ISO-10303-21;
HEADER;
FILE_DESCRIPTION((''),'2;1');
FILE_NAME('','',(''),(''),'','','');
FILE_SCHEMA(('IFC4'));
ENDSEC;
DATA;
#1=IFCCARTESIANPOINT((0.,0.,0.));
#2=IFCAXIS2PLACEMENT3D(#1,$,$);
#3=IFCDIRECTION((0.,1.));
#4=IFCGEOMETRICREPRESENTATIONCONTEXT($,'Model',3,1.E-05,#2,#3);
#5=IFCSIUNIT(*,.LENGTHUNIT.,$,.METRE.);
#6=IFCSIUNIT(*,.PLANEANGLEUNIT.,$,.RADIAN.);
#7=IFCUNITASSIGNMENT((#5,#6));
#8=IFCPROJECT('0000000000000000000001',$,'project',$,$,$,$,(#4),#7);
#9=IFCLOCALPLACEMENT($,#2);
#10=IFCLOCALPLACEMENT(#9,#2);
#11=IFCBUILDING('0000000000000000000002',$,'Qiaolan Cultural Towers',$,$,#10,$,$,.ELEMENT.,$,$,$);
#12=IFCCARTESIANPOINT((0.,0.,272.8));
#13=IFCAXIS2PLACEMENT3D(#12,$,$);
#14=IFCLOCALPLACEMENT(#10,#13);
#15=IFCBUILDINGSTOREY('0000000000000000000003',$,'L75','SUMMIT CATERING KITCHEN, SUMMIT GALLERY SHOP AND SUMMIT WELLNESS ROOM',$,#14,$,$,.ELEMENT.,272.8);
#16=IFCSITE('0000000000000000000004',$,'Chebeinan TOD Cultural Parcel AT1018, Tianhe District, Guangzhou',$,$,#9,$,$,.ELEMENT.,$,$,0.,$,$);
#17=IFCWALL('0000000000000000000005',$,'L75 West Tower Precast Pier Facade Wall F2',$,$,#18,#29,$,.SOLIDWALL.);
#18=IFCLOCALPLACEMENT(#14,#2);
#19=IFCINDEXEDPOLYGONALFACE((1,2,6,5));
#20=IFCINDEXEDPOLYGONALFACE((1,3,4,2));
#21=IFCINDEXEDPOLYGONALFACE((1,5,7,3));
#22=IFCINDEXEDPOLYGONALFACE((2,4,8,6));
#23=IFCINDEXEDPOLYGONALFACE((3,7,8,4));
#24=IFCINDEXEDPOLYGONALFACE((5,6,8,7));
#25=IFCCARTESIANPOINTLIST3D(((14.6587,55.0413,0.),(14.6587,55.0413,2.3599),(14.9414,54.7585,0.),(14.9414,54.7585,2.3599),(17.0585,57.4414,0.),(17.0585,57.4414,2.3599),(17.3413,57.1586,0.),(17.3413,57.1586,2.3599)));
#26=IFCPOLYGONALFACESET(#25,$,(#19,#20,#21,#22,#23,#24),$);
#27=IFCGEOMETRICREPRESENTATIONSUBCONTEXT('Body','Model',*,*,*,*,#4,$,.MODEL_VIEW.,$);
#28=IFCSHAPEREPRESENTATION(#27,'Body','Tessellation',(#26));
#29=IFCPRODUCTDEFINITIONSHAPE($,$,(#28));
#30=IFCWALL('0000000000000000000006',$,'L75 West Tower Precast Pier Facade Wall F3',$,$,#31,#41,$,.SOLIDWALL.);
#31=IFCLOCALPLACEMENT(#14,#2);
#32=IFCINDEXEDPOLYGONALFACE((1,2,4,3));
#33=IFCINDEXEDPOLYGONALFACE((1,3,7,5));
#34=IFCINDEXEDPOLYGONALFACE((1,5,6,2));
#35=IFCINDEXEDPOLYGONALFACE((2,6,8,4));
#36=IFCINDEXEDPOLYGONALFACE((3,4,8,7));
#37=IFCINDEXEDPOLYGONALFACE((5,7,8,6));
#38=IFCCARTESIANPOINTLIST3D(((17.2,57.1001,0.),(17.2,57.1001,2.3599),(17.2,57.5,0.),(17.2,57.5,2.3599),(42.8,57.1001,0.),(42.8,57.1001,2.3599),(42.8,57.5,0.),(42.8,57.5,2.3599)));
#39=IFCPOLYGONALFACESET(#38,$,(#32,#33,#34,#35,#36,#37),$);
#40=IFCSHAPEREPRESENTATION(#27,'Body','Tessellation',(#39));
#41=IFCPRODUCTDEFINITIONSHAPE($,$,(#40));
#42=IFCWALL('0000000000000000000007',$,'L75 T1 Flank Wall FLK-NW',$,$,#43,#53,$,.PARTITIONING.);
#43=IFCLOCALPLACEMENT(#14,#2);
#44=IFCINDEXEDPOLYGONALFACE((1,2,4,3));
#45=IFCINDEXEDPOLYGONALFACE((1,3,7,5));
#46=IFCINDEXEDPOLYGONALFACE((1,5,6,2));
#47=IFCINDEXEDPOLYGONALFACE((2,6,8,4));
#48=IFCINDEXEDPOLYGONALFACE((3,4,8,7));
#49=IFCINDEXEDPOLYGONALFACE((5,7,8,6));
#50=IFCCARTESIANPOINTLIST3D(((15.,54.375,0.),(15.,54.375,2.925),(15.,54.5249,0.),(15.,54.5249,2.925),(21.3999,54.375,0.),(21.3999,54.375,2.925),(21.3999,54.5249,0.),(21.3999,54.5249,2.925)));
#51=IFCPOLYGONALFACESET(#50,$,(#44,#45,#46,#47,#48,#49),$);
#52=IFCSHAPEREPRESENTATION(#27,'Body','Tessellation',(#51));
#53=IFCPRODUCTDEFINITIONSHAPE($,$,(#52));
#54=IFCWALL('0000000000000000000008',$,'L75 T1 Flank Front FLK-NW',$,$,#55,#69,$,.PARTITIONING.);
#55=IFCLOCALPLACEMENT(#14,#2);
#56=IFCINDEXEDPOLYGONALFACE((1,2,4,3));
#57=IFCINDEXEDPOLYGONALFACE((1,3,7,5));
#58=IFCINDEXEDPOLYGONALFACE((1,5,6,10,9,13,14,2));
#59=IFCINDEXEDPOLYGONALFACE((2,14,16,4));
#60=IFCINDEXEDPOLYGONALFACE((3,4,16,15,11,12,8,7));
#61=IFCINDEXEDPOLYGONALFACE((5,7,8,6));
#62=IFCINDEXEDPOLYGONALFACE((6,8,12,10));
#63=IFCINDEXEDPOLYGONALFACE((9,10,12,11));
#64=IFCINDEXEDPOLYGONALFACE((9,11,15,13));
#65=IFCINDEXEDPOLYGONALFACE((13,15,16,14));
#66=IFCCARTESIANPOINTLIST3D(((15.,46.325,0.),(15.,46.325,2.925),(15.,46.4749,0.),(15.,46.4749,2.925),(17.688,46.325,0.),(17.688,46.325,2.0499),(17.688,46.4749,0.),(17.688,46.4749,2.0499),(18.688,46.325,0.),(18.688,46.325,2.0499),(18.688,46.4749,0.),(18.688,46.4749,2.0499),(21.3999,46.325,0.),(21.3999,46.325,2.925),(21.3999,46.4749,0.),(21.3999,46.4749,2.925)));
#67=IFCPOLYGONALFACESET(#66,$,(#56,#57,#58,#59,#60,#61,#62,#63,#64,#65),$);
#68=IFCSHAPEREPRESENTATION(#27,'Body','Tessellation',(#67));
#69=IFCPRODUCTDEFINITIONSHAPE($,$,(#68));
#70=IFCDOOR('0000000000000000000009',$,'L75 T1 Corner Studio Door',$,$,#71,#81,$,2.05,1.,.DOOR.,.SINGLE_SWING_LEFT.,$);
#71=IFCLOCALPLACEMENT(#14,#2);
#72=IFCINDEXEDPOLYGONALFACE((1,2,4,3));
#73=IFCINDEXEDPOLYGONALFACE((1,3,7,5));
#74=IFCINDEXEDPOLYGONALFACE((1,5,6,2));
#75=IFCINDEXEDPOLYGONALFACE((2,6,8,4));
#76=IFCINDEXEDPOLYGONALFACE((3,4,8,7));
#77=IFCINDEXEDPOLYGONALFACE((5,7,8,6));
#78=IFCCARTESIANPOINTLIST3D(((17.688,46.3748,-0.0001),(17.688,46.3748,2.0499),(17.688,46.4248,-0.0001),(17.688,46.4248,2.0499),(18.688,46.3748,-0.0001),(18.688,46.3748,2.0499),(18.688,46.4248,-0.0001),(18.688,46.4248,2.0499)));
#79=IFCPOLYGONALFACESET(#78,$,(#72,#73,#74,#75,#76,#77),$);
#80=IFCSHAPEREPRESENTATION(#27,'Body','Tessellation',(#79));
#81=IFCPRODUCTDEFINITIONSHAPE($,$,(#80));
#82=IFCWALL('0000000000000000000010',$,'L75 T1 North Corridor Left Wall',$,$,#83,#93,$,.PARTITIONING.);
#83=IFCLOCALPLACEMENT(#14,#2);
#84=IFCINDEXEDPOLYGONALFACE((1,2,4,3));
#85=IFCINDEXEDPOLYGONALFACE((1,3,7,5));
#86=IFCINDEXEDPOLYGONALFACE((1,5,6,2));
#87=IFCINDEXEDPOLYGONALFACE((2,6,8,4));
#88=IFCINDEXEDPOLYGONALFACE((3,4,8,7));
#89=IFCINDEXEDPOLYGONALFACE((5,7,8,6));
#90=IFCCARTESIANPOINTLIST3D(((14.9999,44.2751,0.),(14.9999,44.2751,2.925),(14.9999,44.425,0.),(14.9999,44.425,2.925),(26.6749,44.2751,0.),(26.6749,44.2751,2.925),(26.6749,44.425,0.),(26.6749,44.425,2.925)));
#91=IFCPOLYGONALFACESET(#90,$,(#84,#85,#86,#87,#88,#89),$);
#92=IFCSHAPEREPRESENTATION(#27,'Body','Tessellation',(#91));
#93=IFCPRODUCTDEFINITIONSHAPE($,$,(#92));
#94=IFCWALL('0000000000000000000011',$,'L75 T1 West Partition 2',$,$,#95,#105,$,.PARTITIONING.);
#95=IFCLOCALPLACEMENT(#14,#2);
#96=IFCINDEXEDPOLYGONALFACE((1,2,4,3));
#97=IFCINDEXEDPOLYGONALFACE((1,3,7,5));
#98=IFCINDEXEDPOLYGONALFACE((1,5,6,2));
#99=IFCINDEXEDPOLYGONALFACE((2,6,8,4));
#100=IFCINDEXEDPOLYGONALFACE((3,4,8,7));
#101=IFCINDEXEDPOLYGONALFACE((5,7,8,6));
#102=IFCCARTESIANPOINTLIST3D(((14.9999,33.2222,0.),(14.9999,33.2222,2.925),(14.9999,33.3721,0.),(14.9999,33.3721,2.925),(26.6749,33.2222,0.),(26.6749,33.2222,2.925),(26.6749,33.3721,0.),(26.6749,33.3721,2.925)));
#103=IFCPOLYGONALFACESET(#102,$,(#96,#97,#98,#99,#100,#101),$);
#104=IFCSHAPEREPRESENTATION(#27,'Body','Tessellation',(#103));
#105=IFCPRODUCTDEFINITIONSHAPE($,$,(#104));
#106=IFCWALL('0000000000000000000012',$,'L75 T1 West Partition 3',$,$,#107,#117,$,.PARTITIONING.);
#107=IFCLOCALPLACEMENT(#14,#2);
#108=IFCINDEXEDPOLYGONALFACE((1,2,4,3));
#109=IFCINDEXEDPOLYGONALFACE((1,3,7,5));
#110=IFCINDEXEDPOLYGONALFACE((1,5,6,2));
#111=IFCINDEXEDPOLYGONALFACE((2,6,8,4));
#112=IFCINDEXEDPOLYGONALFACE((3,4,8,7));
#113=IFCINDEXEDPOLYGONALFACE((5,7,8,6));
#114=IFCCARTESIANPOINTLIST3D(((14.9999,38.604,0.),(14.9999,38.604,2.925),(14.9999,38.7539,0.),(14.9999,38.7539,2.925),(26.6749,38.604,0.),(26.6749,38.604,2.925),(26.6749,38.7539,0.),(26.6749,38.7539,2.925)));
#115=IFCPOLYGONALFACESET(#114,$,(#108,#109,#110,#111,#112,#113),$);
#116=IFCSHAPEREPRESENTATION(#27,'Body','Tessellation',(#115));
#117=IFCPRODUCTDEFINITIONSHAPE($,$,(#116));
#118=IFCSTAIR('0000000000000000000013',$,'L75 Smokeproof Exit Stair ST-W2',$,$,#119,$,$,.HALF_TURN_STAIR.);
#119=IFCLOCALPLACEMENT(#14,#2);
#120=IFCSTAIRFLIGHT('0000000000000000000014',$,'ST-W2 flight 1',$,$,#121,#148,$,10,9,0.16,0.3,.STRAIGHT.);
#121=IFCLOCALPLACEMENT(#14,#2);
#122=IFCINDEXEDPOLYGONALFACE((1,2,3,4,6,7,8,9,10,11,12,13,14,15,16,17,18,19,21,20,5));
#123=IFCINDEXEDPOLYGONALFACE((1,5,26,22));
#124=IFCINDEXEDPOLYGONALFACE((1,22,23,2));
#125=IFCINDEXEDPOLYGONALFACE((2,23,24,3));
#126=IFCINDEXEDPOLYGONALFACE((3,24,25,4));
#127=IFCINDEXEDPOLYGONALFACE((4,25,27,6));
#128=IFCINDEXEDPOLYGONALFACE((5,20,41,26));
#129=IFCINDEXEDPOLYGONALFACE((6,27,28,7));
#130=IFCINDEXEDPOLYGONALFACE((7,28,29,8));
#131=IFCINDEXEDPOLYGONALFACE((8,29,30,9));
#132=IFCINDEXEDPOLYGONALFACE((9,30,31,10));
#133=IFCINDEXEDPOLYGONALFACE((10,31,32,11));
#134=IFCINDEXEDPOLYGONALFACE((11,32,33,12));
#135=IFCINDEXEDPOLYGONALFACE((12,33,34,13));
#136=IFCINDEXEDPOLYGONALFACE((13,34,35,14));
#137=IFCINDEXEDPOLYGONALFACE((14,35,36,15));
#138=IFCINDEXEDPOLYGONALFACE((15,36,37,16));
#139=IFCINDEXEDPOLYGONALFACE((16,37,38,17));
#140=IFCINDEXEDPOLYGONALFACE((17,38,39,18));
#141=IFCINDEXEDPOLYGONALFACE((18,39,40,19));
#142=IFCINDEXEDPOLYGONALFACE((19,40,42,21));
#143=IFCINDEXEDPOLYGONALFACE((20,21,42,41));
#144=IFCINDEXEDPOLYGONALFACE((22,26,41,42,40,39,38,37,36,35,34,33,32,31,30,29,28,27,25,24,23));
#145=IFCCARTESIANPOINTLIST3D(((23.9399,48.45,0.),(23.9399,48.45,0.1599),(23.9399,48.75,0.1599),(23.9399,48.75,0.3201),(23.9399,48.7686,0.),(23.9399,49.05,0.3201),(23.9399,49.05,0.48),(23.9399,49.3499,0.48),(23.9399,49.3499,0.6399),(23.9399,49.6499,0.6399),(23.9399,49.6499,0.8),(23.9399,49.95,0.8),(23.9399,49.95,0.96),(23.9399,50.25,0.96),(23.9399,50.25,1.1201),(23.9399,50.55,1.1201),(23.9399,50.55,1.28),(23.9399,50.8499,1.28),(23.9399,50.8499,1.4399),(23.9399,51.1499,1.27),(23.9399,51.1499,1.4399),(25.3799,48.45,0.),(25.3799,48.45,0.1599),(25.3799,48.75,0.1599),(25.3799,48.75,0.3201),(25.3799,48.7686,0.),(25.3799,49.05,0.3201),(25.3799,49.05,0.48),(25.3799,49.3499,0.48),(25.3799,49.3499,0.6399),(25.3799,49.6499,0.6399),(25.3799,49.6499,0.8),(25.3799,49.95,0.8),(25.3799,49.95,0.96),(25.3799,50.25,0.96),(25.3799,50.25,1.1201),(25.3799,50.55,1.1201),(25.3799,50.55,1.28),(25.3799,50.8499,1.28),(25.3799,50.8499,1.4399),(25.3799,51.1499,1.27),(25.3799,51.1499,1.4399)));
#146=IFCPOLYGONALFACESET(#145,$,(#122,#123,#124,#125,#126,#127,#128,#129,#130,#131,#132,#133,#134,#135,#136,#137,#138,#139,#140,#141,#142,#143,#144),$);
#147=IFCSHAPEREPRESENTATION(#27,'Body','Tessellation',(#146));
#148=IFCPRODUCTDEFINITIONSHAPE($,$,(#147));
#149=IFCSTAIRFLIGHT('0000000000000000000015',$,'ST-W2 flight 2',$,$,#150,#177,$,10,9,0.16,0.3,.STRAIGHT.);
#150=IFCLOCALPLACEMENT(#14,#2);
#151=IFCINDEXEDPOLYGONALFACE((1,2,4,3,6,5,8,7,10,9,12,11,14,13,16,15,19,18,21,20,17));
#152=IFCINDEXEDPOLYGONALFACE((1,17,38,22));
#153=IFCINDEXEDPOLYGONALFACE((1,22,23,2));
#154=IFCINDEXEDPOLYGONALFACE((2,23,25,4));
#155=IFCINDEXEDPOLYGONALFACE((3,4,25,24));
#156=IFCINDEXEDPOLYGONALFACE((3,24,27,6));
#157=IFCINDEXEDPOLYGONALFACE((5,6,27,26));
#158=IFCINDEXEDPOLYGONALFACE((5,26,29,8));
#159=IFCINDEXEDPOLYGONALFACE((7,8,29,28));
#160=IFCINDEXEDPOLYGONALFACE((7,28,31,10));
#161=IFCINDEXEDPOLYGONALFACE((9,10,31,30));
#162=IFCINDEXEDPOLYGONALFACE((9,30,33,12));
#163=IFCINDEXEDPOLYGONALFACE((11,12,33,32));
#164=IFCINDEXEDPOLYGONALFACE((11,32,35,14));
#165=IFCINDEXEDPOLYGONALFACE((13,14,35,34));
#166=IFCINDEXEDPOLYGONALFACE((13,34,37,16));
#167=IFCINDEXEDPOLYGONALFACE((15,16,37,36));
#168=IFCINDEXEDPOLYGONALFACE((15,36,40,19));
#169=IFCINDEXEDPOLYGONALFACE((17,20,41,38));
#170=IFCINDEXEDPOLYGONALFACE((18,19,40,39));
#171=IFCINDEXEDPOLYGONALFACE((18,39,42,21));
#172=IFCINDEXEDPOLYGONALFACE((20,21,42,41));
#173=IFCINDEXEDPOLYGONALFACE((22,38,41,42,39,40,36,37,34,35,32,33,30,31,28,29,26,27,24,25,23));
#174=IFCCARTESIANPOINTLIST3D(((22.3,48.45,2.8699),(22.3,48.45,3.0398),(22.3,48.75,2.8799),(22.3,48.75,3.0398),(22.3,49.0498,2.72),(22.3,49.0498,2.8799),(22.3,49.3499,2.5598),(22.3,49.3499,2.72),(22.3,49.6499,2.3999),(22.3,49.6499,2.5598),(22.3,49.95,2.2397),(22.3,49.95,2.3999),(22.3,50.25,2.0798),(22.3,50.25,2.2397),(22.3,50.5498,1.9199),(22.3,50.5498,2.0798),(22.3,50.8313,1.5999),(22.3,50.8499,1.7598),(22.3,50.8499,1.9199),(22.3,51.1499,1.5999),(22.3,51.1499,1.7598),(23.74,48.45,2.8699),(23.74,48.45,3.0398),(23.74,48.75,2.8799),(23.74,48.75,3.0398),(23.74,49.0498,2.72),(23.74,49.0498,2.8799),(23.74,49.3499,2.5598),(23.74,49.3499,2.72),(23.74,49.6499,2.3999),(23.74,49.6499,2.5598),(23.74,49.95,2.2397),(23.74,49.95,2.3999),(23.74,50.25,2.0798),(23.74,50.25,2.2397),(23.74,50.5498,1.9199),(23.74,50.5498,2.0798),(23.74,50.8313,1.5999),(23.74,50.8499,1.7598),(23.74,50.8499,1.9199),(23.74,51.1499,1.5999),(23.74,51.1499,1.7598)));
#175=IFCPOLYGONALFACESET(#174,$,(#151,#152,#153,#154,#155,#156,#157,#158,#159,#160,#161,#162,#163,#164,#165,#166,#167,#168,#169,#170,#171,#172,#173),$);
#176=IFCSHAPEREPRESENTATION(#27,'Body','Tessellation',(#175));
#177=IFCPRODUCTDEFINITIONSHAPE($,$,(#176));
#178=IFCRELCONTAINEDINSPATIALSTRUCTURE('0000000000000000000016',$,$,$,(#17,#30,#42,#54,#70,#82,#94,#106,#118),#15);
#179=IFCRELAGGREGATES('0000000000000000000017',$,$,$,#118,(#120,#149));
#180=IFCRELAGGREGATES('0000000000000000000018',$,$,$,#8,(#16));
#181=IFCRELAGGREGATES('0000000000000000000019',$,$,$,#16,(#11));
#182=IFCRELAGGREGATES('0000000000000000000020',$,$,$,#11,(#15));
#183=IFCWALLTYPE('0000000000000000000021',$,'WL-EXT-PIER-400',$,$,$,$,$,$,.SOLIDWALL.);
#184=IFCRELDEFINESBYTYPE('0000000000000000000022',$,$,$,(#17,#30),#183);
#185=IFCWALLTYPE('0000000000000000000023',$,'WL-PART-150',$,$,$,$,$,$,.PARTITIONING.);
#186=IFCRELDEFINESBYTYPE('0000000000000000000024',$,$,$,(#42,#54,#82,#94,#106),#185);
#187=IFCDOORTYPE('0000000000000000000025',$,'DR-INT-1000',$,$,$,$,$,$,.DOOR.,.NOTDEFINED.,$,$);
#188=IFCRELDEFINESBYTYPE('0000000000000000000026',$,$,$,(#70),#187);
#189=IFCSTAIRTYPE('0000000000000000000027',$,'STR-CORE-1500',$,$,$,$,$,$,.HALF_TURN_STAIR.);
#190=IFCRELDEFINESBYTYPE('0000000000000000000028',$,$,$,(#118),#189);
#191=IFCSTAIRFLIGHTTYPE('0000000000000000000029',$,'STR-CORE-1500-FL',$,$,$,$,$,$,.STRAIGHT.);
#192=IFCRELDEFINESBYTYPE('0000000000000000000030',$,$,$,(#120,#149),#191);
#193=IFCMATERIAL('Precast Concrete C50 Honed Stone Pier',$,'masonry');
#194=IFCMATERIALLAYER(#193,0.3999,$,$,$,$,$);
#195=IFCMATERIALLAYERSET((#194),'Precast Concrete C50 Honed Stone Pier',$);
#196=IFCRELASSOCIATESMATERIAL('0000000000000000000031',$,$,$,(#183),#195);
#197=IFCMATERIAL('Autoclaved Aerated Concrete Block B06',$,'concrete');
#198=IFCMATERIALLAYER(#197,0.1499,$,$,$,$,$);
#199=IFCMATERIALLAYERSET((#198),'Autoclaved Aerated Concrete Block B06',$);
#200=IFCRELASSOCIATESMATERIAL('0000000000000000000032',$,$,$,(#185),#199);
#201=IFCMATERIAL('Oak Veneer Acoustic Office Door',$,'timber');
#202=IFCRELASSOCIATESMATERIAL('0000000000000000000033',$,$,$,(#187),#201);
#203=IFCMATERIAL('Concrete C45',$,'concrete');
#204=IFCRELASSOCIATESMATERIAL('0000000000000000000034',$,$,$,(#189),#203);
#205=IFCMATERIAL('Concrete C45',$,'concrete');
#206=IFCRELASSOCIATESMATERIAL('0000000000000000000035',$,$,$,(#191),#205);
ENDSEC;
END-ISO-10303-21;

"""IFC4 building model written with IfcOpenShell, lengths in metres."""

from ifc_helpers import new_model, si_unit, direction, frame, frame_2d, origin, place, context, subcontext, project, spatial, polyline, rectangle, outline, extrude, material, layer, layer_set, type_object, element, fill, aggregate, save


model = new_model("IFC4")

# Units and contexts
model_context = context("Model", 3, precision=1e-05, world=origin(), true_north=direction((0.0, 1.0)))
body_context = subcontext(model_context, "Body", "Model", "MODEL_VIEW")
ifc_project = project(units=[si_unit("LENGTHUNIT", "METRE"), si_unit("PLANEANGLEUNIT", "RADIAN")], contexts=[model_context])

# Site, building, storey
site_placement = place(None, origin())
site = spatial("IfcSite", under=ifc_project, at=site_placement, Name="Chebeinan TOD Cultural Parcel AT1018, Tianhe District, Guangzhou", CompositionType="ELEMENT", RefElevation=0.0)
building_placement = place(site_placement, origin())
building = spatial("IfcBuilding", under=site, at=building_placement, Name="Qiaolan Cultural Towers", CompositionType="ELEMENT")
storey_placement = place(building_placement, frame((0.0, 0.0, 272.8)))
storey = spatial("IfcBuildingStorey", under=building, at=storey_placement, Name="L75", Description="SUMMIT CATERING KITCHEN, SUMMIT GALLERY SHOP AND SUMMIT WELLNESS ROOM", CompositionType="ELEMENT", Elevation=272.8)

# Walls
ifc_material_1 = material(Name="Precast Concrete C50 Honed Stone Pier", Category="masonry")
ifc_layer_1 = layer(ifc_material_1, 0.3999)
ifc_layer_set_1 = layer_set([ifc_layer_1], Name="Precast Concrete C50 Honed Stone Pier")
wall_type_1 = type_object("IfcWallType", Name="WL-EXT-PIER-400", PredefinedType="SOLIDWALL", material=ifc_layer_set_1)
wall_1_placement = place(storey_placement, frame((14.8, 54.8999, 0.0), z_axis=(0.0, 0.0, 1.0), x_axis=(0.707071, 0.707143, 0.0)))
element("IfcWall", 1, at=wall_1_placement, inside=storey, type_object=wall_type_1, Name="L75 West Tower Precast Pier Facade Wall F2", PredefinedType="SOLIDWALL", context=body_context, shape_type="SweptSolid", body=[
    extrude(rectangle(XDim=3.394, YDim=0.3999, at=frame_2d((1.697, 0.0))), origin(), (0.0, 0.0, 1.0), 2.3599),
])
wall_2_placement = place(storey_placement, frame((17.2, 57.3, 0.0), z_axis=(0.0, 0.0, 1.0), x_axis=(1.0, 0.0, 0.0)))
element("IfcWall", 2, at=wall_2_placement, inside=storey, type_object=wall_type_1, Name="L75 West Tower Precast Pier Facade Wall F3", PredefinedType="SOLIDWALL", context=body_context, shape_type="SweptSolid", body=[
    extrude(rectangle(XDim=25.6001, YDim=0.3999, at=frame_2d((12.8, 0.0))), origin(), (0.0, 0.0, 1.0), 2.3599),
])
ifc_material_2 = material(Name="Autoclaved Aerated Concrete Block B06", Category="concrete")
ifc_layer_2 = layer(ifc_material_2, 0.1499)
ifc_layer_set_2 = layer_set([ifc_layer_2], Name="Autoclaved Aerated Concrete Block B06")
wall_type_2 = type_object("IfcWallType", Name="WL-PART-150", PredefinedType="PARTITIONING", material=ifc_layer_set_2)
wall_3_placement = place(storey_placement, frame((15.0, 54.45, 0.0), z_axis=(0.0, 0.0, 1.0), x_axis=(1.0, 0.0, 0.0)))
element("IfcWall", 3, at=wall_3_placement, inside=storey, type_object=wall_type_2, Name="L75 T1 Flank Wall FLK-NW", PredefinedType="PARTITIONING", context=body_context, shape_type="SweptSolid", body=[
    extrude(rectangle(XDim=6.3999, YDim=0.1499, at=frame_2d((3.2, 0.0))), origin(), (0.0, 0.0, 1.0), 2.925),
])

# Wall, opening, door
wall_4_placement = place(storey_placement, frame((15.0, 46.3999, 0.0), z_axis=(0.0, 0.0, 1.0), x_axis=(1.0, 0.0, 0.0)))
wall_4 = element("IfcWall", 4, at=wall_4_placement, inside=storey, type_object=wall_type_2, Name="L75 T1 Flank Front FLK-NW", PredefinedType="PARTITIONING", context=body_context, shape_type="SweptSolid", body=[
    extrude(rectangle(XDim=6.3999, YDim=0.1499, at=frame_2d((3.2, 0.0))), origin(), (0.0, 0.0, 1.0), 2.925),
])
opening_placement = place(wall_4_placement, frame((2.688, 0.0, 0.0)))
opening = element("IfcOpeningElement", 5, at=opening_placement, cuts=wall_4, PredefinedType="OPENING", context=body_context, shape_type="SweptSolid", body=[
    extrude(rectangle(XDim=1.0, YDim=2.05, at=frame_2d((0.5, 1.0249))), frame((0.0, 0.085, 0.0), z_axis=(0.0, -1.0, 0.0), x_axis=(1.0, 0.0, 0.0)), (0.0, 0.0, 1.0), 0.1699),
])
ifc_material_3 = material(Name="Oak Veneer Acoustic Office Door", Category="timber")
door_type = type_object("IfcDoorType", Name="DR-INT-1000", OperationType="NOTDEFINED", PredefinedType="DOOR", material=ifc_material_3)
door_placement = place(opening_placement, origin())
door = element("IfcDoor", 6, at=door_placement, inside=storey, type_object=door_type, Name="L75 T1 Corner Studio Door", OperationType="SINGLE_SWING_LEFT", OverallHeight=2.05, OverallWidth=1.0, PredefinedType="DOOR", context=body_context, shape_type="SweptSolid", body=[
    extrude(rectangle(XDim=1.0, YDim=2.05, at=frame_2d((0.5, 1.0249))), frame((0.0, 0.0249, 0.0), z_axis=(0.0, -1.0, 0.0), x_axis=(1.0, 0.0, 0.0)), (0.0, 0.0, 1.0), 0.05),
])
fill(opening, door)

# Walls
for number, where, z_axis, x_axis, name in (
    (7, (15.0, 44.3501, 0.0), (0.0, 0.0, 1.0), (1.0, 0.0, 0.0), "L75 T1 North Corridor Left Wall"),
    (8, (15.0, 33.2971, 0.0), (0.0, 0.0, 1.0), (1.0, 0.0, 0.0), "L75 T1 West Partition 2"),
    (9, (15.0, 38.679, 0.0), (0.0, 0.0, 1.0), (1.0, 0.0, 0.0), "L75 T1 West Partition 3"),
):
    element("IfcWall", number, at=place(storey_placement, frame(where, z_axis=z_axis, x_axis=x_axis)), inside=storey, type_object=wall_type_2, Name=name, PredefinedType="PARTITIONING", context=body_context, shape_type="SweptSolid", body=[
        extrude(rectangle(XDim=11.675, YDim=0.1499, at=frame_2d((5.8374, 0.0))), origin(), (0.0, 0.0, 1.0), 2.925),
    ])

# Stair, stair flights
ifc_material_4 = material(Name="Concrete C45", Category="concrete")
stair_type = type_object("IfcStairType", Name="STR-CORE-1500", PredefinedType="HALF_TURN_STAIR", material=ifc_material_4)
stair_placement = place(storey_placement, origin())
stair = element("IfcStair", 10, at=stair_placement, inside=storey, type_object=stair_type, Name="L75 Smokeproof Exit Stair ST-W2", PredefinedType="HALF_TURN_STAIR")
ifc_material_5 = material(Name="Concrete C45", Category="concrete")
stair_flight_type = type_object("IfcStairFlightType", Name="STR-CORE-1500-FL", PredefinedType="STRAIGHT", material=ifc_material_5)
stair_flight_1_placement = place(storey_placement, frame((24.6599, 48.45, 0.0), z_axis=(0.0, 0.0, 1.0), x_axis=(0.0, 1.0, 0.0)))
stair_flight_1 = element("IfcStairFlight", 11, at=stair_flight_1_placement, type_object=stair_flight_type, Name="ST-W2 flight 1", NumberOfRisers=10, NumberOfTreads=9, PredefinedType="STRAIGHT", RiserHeight=0.16, TreadLength=0.3, context=body_context, shape_type="SweptSolid", body=[
    extrude(outline(polyline([(0.0, 0.0), (0.0, 0.1599), (0.3, 0.1599), (0.3, 0.3201), (0.6001, 0.3201), (0.6001, 0.48), (0.8999, 0.48), (0.8999, 0.6399), (1.2, 0.6399), (1.2, 0.8), (1.5, 0.8), (1.5, 0.96), (1.8, 0.96), (1.8, 1.1201), (2.1001, 1.1201), (2.1001, 1.28), (2.3999, 1.28), (2.3999, 1.4399), (2.7, 1.4399), (2.7, 1.6001), (2.7, 1.27), (0.3186, 0.0), (0.0, 0.0)])), frame((0.0, 0.72, 0.0), z_axis=(0.0, -1.0, 0.0), x_axis=(1.0, 0.0, 0.0)), (0.0, 0.0, 1.0), 1.4399),
])
stair_flight_2_placement = place(storey_placement, frame((23.02, 51.1499, 1.5999), z_axis=(0.0, 0.0, 1.0), x_axis=(0.0, -1.0, 0.0)))
stair_flight_2 = element("IfcStairFlight", 12, at=stair_flight_2_placement, type_object=stair_flight_type, Name="ST-W2 flight 2", NumberOfRisers=10, NumberOfTreads=9, PredefinedType="STRAIGHT", RiserHeight=0.16, TreadLength=0.3, context=body_context, shape_type="SweptSolid", body=[
    extrude(outline(polyline([(0.0, 0.0), (0.0, 0.1599), (0.3, 0.1599), (0.3, 0.3201), (0.6001, 0.3201), (0.6001, 0.48), (0.8999, 0.48), (0.8999, 0.6399), (1.2, 0.6399), (1.2, 0.8), (1.5, 0.8), (1.5, 0.96), (1.8, 0.96), (1.8, 1.1201), (2.1001, 1.1201), (2.1001, 1.28), (2.3999, 1.28), (2.3999, 1.4399), (2.7, 1.4399), (2.7, 1.6001), (2.7, 1.27), (0.3186, 0.0), (0.0, 0.0)])), frame((0.0, 0.72, 0.0), z_axis=(0.0, -1.0, 0.0), x_axis=(1.0, 0.0, 0.0)), (0.0, 0.0, 1.0), 1.4399),
])
aggregate(stair, [stair_flight_1, stair_flight_2])

save(model, "model.ifc")
